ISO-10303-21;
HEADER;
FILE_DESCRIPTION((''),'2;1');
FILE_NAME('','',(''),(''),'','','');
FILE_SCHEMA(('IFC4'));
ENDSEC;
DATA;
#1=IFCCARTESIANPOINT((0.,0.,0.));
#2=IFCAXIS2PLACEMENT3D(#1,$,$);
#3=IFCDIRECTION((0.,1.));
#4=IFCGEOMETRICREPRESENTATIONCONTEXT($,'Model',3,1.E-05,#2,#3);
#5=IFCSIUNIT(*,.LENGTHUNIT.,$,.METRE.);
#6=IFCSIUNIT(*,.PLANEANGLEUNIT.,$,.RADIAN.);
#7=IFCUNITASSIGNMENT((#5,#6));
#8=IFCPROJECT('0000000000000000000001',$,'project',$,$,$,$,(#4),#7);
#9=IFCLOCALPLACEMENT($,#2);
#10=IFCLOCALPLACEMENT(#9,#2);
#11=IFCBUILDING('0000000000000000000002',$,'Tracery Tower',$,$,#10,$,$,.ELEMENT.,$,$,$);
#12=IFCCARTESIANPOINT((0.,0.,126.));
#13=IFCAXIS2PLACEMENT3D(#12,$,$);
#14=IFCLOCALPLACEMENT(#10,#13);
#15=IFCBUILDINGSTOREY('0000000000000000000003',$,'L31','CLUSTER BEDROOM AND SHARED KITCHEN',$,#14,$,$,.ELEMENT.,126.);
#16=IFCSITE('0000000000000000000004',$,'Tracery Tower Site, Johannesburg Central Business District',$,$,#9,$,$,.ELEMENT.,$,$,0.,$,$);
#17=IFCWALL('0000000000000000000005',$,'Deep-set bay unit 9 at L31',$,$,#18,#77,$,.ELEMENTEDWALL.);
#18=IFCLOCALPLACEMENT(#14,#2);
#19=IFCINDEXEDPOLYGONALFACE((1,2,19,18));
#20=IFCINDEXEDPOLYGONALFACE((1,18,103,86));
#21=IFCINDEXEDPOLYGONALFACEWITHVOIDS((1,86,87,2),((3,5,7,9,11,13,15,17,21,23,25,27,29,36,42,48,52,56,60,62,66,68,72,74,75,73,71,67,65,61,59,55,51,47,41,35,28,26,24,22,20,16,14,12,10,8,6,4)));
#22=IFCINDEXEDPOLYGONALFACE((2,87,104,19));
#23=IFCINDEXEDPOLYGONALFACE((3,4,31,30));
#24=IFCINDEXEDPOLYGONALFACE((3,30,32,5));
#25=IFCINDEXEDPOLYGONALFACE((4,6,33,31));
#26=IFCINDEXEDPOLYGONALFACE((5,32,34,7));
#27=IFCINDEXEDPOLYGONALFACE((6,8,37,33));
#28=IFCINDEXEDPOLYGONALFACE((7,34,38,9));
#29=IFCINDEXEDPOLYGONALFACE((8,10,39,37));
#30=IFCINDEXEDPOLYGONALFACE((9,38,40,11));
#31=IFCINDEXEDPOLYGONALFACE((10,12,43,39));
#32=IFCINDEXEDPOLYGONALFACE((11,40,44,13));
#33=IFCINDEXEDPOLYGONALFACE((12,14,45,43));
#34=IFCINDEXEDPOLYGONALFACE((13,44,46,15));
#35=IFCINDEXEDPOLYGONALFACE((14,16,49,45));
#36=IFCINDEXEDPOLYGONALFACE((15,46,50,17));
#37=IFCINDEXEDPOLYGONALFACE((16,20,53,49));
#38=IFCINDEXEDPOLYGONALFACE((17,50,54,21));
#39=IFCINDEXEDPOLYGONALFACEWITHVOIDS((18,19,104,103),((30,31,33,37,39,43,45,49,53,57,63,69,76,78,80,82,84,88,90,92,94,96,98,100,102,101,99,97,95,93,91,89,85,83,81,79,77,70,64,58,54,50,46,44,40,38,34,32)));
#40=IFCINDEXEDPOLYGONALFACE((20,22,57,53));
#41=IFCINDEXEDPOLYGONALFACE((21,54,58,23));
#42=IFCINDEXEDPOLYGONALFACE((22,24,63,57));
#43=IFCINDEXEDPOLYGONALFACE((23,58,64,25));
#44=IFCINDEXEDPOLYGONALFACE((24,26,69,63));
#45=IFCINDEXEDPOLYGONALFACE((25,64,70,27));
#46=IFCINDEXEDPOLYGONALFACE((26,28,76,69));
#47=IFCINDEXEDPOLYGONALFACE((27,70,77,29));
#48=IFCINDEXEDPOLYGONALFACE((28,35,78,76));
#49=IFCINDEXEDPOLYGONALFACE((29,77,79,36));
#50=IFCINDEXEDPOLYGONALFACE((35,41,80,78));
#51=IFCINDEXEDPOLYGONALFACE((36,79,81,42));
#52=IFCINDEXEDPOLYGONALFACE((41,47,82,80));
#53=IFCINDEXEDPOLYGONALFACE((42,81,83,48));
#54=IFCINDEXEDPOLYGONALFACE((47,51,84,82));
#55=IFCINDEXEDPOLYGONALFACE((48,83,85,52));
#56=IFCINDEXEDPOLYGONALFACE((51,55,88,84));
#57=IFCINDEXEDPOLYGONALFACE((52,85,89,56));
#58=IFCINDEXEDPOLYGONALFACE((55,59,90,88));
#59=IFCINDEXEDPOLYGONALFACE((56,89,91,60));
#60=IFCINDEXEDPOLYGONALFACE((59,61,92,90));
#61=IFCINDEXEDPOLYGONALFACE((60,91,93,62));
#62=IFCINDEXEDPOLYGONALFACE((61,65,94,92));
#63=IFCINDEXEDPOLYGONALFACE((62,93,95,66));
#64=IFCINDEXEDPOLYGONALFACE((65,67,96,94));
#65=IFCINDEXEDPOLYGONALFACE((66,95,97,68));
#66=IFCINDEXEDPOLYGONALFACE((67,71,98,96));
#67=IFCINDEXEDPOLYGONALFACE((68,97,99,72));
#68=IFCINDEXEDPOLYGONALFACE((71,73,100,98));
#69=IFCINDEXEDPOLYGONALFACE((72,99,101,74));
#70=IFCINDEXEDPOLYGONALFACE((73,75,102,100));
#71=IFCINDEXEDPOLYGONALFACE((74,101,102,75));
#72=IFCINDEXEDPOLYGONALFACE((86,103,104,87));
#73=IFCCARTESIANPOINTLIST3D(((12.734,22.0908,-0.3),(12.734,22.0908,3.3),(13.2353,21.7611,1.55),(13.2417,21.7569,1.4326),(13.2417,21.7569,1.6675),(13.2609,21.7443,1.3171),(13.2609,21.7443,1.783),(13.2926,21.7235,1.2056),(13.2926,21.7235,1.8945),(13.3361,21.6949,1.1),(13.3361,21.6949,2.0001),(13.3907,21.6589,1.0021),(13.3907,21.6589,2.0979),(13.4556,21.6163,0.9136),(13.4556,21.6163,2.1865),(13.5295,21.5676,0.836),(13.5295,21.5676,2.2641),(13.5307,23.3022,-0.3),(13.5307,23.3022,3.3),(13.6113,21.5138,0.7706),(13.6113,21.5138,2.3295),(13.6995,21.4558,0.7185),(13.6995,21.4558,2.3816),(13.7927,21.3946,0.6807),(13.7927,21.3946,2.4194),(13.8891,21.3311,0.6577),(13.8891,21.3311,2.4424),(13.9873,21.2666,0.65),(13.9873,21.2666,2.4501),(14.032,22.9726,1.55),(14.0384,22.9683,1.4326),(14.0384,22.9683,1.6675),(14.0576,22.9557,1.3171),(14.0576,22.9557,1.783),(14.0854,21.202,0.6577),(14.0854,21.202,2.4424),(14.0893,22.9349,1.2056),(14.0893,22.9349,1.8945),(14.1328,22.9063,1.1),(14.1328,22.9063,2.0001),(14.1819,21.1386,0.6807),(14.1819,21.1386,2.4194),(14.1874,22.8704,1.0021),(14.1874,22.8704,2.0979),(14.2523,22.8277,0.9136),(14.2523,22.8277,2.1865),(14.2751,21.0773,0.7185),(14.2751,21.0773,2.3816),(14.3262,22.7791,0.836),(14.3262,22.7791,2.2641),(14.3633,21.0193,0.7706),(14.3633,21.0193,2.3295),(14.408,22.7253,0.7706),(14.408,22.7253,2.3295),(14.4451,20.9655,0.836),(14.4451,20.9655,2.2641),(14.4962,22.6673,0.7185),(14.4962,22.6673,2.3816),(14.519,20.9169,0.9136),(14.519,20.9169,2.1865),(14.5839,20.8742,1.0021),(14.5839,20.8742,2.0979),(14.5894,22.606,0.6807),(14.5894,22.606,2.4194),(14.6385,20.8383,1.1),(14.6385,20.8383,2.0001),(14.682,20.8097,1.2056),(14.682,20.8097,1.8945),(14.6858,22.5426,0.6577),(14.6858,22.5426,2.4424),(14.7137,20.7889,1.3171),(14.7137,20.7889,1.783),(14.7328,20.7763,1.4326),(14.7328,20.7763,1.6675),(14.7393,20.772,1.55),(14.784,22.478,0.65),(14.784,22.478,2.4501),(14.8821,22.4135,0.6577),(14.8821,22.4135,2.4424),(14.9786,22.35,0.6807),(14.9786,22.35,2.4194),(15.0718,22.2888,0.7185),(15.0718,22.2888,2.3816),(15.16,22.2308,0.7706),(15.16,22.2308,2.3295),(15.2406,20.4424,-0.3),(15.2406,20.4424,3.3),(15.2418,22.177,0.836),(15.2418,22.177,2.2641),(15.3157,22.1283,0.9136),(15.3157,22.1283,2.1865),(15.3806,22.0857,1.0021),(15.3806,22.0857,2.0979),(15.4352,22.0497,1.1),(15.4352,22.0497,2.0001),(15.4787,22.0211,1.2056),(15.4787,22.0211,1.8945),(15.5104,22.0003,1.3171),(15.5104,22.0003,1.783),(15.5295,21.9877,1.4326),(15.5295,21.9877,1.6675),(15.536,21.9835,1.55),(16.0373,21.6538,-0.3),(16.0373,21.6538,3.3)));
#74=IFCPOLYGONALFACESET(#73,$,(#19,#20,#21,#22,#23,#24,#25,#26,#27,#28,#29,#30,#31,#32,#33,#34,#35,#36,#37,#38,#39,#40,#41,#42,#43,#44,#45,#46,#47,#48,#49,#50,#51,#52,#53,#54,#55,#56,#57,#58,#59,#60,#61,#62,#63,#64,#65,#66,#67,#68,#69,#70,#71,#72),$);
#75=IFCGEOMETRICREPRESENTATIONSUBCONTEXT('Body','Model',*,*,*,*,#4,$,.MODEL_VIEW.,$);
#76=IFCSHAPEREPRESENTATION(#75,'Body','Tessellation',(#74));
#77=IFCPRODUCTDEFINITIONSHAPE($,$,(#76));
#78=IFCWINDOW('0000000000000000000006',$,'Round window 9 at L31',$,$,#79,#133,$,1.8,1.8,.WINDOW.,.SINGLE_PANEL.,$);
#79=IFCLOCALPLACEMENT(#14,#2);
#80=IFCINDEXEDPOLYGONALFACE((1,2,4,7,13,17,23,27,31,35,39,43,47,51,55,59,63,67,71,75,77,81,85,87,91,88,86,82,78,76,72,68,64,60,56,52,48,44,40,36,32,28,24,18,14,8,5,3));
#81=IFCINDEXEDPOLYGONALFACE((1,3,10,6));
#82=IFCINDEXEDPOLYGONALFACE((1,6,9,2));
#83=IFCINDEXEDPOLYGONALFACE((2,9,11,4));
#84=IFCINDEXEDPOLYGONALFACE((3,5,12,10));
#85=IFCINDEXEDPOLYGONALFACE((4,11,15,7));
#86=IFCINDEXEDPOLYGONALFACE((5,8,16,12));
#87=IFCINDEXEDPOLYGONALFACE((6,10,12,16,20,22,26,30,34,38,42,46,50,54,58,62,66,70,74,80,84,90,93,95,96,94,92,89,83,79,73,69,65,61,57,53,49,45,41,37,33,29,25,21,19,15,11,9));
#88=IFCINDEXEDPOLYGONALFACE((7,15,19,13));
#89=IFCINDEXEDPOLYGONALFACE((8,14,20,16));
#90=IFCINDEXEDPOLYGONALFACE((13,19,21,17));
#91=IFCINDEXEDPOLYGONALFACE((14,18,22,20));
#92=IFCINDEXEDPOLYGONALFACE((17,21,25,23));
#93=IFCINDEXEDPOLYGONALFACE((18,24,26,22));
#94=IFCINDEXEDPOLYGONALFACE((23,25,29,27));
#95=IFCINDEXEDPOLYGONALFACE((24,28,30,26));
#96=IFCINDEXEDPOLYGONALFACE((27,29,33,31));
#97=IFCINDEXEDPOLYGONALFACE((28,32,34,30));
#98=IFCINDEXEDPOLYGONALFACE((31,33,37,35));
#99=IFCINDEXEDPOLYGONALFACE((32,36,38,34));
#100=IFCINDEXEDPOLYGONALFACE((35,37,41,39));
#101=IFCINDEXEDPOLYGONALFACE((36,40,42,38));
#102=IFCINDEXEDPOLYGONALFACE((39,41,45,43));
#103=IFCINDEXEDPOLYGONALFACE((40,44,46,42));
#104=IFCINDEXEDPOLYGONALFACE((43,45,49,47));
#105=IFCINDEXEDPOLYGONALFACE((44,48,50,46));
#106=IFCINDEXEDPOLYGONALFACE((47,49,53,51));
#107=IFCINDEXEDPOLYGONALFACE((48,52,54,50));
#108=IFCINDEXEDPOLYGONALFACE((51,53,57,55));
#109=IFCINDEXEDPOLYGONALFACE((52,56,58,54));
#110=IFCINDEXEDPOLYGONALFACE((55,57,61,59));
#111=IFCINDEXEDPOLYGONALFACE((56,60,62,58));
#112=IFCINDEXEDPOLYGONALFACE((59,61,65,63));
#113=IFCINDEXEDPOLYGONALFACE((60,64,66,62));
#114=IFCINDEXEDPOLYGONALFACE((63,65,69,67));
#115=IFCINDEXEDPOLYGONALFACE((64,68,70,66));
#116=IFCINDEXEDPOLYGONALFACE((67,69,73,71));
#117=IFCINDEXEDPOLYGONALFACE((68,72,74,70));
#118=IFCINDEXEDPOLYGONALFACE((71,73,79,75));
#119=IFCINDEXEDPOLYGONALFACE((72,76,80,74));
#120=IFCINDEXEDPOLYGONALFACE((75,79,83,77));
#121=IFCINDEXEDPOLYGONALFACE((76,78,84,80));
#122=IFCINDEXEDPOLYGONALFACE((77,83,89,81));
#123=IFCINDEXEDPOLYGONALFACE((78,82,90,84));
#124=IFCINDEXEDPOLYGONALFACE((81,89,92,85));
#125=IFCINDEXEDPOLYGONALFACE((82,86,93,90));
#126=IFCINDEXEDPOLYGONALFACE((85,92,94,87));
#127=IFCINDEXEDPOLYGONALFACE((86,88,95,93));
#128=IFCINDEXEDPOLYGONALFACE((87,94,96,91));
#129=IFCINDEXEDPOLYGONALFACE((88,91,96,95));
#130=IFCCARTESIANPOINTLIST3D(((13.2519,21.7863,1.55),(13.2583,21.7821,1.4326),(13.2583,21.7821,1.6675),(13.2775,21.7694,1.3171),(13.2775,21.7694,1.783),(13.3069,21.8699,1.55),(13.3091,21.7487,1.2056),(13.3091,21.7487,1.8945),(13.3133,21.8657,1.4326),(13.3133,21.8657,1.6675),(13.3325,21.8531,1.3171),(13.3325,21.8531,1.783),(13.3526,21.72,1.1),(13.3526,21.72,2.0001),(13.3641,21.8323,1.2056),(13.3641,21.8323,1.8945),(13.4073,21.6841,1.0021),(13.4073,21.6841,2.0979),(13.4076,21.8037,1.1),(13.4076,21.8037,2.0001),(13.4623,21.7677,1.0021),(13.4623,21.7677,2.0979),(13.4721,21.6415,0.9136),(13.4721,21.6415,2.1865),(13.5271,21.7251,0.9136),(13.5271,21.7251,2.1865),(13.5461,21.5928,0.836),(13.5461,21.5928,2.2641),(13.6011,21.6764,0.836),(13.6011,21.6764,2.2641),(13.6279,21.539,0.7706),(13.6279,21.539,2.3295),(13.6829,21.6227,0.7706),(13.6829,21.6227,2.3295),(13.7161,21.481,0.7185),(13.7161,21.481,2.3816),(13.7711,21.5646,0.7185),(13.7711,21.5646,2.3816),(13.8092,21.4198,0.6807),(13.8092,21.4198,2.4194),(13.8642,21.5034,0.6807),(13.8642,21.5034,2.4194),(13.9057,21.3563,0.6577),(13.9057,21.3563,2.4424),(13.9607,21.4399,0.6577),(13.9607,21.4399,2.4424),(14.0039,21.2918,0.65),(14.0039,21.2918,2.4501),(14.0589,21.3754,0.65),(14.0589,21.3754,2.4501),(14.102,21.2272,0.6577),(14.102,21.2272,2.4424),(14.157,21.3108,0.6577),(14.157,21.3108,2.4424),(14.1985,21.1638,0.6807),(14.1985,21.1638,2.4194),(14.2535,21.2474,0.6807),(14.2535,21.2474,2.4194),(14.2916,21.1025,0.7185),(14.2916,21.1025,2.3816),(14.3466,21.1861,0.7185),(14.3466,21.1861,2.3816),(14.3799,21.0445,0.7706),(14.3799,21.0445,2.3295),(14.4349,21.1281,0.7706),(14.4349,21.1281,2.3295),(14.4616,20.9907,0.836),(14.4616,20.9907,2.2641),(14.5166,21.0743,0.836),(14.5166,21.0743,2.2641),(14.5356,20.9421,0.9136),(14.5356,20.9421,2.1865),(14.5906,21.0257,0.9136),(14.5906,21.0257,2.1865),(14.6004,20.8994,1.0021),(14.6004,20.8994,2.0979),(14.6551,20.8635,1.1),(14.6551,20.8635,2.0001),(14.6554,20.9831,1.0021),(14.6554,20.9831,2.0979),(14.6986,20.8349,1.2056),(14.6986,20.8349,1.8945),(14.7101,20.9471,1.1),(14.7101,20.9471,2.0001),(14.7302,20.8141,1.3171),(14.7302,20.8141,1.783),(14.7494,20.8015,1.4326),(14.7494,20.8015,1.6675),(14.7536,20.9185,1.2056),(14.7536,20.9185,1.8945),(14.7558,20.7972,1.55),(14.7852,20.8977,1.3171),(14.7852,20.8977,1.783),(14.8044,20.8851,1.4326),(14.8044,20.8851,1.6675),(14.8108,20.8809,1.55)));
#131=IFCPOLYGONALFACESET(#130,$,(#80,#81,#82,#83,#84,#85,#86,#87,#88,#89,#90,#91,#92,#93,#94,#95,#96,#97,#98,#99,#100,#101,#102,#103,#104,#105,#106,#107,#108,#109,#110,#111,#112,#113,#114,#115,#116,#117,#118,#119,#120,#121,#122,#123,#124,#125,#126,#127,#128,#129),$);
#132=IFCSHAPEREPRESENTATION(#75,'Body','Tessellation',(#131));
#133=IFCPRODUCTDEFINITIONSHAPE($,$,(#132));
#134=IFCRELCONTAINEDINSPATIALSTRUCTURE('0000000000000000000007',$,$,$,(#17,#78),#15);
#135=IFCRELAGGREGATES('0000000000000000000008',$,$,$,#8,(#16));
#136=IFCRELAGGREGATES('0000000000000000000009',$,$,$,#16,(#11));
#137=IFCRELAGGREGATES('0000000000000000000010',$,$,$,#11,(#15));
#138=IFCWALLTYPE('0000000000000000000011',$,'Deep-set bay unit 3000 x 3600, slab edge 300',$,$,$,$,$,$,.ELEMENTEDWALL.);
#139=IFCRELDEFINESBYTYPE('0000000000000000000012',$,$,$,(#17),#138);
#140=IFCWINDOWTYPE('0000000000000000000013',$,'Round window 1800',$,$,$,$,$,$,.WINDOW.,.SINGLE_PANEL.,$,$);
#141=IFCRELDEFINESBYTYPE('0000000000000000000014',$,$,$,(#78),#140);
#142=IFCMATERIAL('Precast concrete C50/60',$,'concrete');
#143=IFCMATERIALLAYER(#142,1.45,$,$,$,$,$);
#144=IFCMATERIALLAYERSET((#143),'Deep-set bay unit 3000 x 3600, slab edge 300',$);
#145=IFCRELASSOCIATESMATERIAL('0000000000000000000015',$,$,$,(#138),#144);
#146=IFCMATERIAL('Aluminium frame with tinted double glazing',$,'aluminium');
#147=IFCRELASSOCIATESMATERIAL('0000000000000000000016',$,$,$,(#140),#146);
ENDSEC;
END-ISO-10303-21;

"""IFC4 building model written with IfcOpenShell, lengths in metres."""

from ifc_helpers import new_model, si_unit, direction, frame, frame_2d, origin, origin_2d, place, context, subcontext, project, spatial, rectangle, circle, extrude, material, layer, layer_set, type_object, element, fill, save


model = new_model("IFC4")

# Units and contexts
model_context = context("Model", 3, precision=1e-05, world=origin(), true_north=direction((0.0, 1.0)))
body_context = subcontext(model_context, "Body", "Model", "MODEL_VIEW")
ifc_project = project(units=[si_unit("LENGTHUNIT", "METRE"), si_unit("PLANEANGLEUNIT", "RADIAN")], contexts=[model_context])

# Site, building, storey
site_placement = place(None, origin())
site = spatial("IfcSite", under=ifc_project, at=site_placement, Name="Tracery Tower Site, Johannesburg Central Business District", CompositionType="ELEMENT", RefElevation=0.0)
building_placement = place(site_placement, origin())
building = spatial("IfcBuilding", under=site, at=building_placement, Name="Tracery Tower", CompositionType="ELEMENT")
storey_placement = place(building_placement, frame((0.0, 0.0, 126.0)))
storey = spatial("IfcBuildingStorey", under=building, at=storey_placement, Name="L31", Description="CLUSTER BEDROOM AND SHARED KITCHEN", CompositionType="ELEMENT", Elevation=126.0)

# Wall, opening, window
ifc_material_1 = material(Name="Precast concrete C50/60", Category="concrete")
ifc_layer_1 = layer(ifc_material_1, 1.45)
ifc_layer_set_1 = layer_set([ifc_layer_1], Name="Deep-set bay unit 3000 x 3600, slab edge 300")
wall_type_1 = type_object("IfcWallType", Name="Deep-set bay unit 3000 x 3600, slab edge 300", PredefinedType="ELEMENTEDWALL", material=ifc_layer_set_1)
ifc_material_2 = material(Name="Aluminium frame with tinted double glazing", Category="aluminium")
window_type = type_object("IfcWindowType", Name="Round window 1800", PartitioningType="SINGLE_PANEL", PredefinedType="WINDOW", material=ifc_material_2)
wall_1_placement = place(storey_placement, frame((15.6389, 21.0481, -0.3), z_axis=(0.0, 0.0, 1.0), x_axis=(-0.835514, 0.549469, 0.0)))
wall_1 = element("IfcWall", 1, at=wall_1_placement, inside=storey, type_object=wall_type_1, Name="Deep-set bay unit 9 at L31", PredefinedType="ELEMENTEDWALL", context=body_context, shape_type="SweptSolid", body=[
    extrude(rectangle(XDim=3.0, YDim=1.45, at=frame_2d((1.5, 0.0))), origin(), (0.0, 0.0, 1.0), 3.6001),
])
opening_1_placement = place(wall_1_placement, frame((1.5, 0.0, 1.8501)))
opening_1 = element("IfcOpeningElement", 2, at=opening_1_placement, cuts=wall_1, PredefinedType="OPENING", context=body_context, shape_type="SweptSolid", body=[
    extrude(circle(Radius=0.9, at=origin_2d()), frame((0.0, 0.7349, 0.0), z_axis=(0.0, -1.0, 0.0), x_axis=(1.0, 0.0, 0.0)), (0.0, 0.0, 1.0), 1.47),
])
window_1_placement = place(opening_1_placement, origin())
window_1 = element("IfcWindow", 3, at=window_1_placement, inside=storey, type_object=window_type, Name="Round window 9 at L31", OverallHeight=1.8, OverallWidth=1.8, PartitioningType="SINGLE_PANEL", PredefinedType="WINDOW", context=body_context, shape_type="SweptSolid", body=[
    extrude(circle(Radius=0.9, at=origin_2d()), frame((0.0, 0.6948, 0.0), z_axis=(0.0, -1.0, 0.0), x_axis=(1.0, 0.0, 0.0)), (0.0, 0.0, 1.0), 0.1001),
])
fill(opening_1, window_1)

save(model, "model.ifc")
